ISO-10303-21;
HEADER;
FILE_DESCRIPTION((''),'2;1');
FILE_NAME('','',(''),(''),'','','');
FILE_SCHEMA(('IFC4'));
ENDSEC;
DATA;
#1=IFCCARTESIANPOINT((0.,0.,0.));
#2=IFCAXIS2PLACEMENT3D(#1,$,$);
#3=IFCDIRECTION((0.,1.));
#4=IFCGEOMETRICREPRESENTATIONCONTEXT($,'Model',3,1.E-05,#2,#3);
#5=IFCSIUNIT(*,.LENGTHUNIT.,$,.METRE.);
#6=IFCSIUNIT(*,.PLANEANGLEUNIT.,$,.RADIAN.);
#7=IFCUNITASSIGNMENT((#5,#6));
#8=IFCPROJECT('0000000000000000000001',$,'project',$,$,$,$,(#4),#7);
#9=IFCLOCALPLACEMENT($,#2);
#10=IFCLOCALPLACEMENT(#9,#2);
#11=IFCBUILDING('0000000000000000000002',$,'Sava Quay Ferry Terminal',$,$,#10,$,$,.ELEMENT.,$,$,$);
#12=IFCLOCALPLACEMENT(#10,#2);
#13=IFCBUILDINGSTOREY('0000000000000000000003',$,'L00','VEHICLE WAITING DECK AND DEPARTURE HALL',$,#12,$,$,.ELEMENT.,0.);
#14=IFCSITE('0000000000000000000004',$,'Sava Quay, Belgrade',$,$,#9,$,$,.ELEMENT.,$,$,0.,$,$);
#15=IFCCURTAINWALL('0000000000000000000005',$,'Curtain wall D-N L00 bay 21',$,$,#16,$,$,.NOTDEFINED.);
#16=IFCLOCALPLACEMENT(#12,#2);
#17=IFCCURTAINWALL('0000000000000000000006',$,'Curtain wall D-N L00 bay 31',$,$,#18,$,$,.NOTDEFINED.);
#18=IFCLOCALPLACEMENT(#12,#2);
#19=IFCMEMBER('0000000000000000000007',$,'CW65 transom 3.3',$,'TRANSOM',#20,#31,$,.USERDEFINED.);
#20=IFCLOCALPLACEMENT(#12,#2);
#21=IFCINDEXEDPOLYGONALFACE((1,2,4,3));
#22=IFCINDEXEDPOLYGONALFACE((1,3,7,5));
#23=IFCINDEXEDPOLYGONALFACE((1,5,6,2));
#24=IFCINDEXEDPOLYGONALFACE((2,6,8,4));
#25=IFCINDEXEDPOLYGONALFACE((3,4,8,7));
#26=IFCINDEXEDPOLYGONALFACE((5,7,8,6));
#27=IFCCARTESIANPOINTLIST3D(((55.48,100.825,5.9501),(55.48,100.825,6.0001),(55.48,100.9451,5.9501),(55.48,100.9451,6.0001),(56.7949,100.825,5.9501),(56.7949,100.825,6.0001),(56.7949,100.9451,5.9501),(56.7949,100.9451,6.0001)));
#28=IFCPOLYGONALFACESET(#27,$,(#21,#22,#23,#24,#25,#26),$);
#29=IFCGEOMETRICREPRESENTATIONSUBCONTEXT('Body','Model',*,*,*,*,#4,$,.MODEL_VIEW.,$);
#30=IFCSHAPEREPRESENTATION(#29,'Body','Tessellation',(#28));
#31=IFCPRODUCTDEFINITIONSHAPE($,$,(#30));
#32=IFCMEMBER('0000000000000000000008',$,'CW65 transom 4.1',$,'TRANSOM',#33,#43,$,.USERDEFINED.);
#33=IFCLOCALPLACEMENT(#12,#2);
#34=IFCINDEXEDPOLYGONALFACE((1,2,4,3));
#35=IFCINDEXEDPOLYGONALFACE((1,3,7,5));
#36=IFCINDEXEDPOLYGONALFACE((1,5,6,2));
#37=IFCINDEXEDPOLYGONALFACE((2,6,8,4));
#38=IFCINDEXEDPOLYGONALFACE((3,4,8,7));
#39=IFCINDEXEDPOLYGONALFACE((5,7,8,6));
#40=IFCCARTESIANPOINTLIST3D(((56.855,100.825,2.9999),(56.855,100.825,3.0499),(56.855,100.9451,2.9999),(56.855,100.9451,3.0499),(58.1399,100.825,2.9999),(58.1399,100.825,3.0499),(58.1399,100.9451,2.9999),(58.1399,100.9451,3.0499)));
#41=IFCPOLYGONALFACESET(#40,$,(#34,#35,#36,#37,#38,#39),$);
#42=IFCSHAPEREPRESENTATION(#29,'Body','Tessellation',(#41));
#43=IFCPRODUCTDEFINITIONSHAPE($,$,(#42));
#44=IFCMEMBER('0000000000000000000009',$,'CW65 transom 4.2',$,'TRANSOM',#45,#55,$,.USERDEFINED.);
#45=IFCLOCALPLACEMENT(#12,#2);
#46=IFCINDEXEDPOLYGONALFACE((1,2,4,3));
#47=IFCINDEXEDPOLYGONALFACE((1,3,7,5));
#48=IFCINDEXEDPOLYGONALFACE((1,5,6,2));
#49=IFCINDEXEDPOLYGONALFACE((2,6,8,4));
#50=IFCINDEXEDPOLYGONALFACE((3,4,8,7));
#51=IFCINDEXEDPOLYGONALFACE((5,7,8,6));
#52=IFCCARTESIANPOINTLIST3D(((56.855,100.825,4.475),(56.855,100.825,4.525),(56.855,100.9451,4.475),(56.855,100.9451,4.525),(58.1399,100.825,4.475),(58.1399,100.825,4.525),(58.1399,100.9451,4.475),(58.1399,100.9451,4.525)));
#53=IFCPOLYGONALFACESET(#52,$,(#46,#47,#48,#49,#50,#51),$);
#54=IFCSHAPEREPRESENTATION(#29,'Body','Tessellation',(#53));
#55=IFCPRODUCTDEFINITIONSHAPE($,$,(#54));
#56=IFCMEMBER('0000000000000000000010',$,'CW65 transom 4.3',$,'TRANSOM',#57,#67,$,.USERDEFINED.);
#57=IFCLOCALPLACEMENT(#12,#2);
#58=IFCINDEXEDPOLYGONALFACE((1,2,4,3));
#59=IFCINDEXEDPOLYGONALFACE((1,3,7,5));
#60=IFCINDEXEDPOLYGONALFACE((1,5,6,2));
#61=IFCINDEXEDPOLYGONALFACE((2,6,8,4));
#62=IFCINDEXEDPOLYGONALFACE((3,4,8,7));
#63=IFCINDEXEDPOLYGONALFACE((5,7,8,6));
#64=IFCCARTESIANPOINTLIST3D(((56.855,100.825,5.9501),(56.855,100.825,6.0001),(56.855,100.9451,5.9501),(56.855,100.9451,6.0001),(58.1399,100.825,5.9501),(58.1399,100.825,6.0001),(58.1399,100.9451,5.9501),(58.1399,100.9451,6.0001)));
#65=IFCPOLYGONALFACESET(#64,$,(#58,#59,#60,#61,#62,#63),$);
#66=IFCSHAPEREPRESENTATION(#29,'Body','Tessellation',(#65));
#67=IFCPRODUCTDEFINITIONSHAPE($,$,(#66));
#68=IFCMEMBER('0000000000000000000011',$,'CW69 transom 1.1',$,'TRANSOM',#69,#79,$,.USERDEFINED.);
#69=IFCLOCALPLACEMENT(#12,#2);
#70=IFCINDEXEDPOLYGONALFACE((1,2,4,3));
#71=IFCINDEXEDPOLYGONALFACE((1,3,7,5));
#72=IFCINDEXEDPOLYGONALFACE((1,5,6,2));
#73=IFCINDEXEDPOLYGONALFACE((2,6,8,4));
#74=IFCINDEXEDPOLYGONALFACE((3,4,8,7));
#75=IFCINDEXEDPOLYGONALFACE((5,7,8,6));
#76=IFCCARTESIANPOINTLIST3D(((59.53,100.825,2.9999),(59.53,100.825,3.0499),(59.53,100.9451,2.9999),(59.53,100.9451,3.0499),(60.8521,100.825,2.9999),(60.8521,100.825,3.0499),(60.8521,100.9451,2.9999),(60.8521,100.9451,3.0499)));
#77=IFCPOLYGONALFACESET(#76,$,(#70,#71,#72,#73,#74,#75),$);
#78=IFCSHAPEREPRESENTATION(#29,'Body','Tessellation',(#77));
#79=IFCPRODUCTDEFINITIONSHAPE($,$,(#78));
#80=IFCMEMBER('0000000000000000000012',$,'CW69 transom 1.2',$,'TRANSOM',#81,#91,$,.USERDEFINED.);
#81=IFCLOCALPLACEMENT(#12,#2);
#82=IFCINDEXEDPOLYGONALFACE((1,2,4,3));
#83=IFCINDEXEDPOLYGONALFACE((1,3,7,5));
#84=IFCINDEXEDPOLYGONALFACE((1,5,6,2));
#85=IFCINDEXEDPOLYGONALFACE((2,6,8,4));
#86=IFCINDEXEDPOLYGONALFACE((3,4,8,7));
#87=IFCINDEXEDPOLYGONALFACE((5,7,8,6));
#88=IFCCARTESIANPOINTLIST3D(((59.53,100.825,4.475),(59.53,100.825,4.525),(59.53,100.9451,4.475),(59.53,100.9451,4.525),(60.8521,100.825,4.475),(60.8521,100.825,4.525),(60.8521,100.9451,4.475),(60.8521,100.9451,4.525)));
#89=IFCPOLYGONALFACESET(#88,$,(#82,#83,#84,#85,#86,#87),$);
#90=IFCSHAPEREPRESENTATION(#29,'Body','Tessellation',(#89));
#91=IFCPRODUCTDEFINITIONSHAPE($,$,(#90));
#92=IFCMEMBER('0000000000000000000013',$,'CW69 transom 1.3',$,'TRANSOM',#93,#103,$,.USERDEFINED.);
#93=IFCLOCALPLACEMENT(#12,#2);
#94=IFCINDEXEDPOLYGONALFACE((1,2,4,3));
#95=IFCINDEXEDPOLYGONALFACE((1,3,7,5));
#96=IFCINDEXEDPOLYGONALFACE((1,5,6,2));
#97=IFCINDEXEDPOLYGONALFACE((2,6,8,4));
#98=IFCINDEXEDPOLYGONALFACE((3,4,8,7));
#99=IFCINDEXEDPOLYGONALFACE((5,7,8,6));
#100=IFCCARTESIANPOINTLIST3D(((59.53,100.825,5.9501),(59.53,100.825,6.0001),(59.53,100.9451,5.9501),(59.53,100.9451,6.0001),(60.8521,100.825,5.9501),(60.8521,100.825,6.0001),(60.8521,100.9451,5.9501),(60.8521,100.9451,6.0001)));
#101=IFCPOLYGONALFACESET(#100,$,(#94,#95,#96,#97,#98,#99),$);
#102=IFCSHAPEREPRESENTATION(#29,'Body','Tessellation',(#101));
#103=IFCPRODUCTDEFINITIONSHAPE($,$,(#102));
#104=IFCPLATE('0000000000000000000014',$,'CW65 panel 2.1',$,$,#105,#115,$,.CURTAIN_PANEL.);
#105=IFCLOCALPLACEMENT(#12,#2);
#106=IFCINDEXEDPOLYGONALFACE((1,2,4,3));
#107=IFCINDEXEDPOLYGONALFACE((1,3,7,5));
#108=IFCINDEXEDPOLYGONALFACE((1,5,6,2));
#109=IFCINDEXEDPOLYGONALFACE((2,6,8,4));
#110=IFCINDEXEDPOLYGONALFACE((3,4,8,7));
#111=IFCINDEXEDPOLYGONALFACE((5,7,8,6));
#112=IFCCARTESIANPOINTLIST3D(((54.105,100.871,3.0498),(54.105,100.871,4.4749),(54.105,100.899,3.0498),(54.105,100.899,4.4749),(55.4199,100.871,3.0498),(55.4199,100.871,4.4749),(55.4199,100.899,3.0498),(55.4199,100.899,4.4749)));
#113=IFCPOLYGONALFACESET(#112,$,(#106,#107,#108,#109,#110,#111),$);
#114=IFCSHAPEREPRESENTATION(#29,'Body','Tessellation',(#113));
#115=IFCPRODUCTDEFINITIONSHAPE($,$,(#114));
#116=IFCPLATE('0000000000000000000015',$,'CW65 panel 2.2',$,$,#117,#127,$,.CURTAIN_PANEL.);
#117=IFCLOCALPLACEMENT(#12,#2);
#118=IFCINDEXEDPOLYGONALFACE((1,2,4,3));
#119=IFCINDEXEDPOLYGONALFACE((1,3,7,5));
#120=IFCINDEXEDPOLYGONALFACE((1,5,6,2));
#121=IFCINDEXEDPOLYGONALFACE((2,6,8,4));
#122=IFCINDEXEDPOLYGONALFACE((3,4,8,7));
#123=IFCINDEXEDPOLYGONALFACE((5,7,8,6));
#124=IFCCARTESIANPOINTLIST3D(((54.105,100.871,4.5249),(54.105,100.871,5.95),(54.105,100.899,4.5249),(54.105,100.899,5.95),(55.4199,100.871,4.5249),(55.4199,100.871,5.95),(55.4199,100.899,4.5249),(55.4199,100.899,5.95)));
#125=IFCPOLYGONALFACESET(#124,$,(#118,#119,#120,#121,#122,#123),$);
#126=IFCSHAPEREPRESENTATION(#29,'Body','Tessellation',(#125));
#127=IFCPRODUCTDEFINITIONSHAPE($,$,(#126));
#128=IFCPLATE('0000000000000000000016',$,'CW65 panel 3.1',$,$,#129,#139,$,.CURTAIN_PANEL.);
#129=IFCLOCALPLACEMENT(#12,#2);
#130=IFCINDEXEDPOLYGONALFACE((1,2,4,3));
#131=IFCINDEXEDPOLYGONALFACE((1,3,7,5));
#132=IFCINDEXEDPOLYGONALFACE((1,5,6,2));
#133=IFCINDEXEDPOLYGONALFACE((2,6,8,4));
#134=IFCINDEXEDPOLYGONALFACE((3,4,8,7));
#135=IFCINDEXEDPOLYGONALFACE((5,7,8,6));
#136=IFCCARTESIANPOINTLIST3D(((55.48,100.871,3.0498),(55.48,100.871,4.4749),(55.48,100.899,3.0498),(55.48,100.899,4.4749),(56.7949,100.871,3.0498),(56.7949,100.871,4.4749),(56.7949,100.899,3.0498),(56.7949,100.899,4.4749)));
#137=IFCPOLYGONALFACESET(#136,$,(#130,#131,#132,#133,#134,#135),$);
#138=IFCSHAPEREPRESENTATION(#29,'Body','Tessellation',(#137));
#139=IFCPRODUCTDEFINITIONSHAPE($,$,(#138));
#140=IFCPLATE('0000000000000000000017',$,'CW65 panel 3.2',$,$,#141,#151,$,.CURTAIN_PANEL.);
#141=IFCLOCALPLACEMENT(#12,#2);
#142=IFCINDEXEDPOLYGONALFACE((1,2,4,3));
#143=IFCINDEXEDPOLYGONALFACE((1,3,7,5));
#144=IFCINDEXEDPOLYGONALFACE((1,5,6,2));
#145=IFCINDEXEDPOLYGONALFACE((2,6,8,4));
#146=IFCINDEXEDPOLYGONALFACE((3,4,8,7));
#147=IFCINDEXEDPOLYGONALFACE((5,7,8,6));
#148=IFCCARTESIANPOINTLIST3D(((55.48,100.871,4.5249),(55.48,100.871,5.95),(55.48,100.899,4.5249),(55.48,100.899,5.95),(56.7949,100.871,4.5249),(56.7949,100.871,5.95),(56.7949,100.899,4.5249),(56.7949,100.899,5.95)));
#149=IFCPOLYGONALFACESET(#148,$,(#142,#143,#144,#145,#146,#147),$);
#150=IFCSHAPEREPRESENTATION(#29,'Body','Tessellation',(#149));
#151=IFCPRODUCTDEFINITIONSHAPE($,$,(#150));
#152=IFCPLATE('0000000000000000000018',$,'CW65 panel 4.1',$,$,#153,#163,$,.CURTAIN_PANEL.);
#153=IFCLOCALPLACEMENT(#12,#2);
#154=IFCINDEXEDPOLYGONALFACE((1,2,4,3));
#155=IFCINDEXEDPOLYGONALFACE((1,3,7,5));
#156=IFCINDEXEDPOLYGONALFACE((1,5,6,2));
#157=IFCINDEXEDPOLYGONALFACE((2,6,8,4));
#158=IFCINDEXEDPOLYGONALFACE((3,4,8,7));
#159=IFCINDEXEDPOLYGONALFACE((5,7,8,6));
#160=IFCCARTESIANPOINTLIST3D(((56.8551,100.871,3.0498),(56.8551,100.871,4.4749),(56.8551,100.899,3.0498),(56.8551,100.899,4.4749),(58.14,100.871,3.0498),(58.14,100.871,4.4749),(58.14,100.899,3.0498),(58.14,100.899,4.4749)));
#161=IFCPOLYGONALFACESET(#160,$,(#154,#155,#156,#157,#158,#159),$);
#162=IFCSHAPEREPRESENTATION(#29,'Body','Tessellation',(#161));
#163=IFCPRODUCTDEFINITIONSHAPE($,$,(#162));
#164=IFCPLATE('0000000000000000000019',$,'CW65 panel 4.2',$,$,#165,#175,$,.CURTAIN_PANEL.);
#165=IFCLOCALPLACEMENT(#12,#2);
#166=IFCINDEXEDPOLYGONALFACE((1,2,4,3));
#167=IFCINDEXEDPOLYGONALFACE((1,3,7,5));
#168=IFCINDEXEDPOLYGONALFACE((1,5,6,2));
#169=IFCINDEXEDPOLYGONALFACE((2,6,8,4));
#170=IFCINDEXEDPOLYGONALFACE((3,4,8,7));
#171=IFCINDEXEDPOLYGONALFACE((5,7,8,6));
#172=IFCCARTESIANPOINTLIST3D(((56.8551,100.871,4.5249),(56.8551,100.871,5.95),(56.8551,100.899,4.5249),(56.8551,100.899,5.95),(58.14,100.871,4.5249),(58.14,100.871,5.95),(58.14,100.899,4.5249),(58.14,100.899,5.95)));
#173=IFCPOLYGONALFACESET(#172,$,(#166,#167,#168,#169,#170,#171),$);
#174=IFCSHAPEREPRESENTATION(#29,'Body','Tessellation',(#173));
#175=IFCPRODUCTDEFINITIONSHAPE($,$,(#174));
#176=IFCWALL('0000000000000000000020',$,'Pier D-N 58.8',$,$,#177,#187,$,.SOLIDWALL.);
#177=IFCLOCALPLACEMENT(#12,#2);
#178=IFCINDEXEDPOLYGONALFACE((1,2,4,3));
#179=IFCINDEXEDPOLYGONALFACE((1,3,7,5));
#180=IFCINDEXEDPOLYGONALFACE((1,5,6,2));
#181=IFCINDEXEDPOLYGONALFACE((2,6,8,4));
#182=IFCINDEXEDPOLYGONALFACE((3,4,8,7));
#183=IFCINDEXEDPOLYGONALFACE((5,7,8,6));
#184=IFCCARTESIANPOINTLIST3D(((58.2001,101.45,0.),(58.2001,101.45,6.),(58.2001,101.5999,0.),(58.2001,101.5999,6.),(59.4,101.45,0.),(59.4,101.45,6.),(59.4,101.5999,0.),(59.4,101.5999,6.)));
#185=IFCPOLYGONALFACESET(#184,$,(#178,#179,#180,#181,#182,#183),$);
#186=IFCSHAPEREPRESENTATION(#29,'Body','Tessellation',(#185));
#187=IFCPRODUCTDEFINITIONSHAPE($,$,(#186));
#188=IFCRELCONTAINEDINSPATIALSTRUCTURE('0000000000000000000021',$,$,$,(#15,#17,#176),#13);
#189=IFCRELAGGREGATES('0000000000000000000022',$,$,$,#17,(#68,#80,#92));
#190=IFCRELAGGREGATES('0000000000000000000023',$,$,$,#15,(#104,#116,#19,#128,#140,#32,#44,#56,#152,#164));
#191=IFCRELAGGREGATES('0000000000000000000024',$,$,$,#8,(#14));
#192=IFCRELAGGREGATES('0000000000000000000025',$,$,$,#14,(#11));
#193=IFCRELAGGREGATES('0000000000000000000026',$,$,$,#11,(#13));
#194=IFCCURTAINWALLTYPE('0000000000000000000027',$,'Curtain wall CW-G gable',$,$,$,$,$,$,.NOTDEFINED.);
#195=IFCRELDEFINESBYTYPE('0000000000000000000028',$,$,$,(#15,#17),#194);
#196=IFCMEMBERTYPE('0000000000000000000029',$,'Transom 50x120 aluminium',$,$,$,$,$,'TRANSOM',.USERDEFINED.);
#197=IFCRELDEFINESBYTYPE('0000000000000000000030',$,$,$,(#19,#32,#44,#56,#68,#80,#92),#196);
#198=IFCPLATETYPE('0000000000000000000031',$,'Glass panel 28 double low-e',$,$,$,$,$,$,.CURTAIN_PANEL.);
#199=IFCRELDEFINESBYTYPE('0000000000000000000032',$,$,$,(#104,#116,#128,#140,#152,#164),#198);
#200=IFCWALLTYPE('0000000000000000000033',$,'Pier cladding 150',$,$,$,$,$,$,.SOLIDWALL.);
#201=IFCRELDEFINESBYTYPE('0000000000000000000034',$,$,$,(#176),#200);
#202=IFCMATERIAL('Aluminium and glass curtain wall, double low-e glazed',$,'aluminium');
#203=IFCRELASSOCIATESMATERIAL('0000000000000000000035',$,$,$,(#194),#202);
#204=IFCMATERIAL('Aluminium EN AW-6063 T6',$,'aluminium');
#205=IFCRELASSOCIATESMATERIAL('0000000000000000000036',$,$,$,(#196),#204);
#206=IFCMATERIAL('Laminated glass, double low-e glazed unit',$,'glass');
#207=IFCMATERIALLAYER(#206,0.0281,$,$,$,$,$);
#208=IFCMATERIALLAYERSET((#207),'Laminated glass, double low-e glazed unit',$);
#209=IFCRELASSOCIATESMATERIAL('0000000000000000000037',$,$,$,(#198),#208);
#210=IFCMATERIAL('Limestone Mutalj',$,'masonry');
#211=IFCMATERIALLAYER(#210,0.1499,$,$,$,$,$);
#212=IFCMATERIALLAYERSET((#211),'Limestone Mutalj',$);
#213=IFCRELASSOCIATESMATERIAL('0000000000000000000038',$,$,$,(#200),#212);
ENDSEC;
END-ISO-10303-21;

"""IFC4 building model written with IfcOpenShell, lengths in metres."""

from ifc_helpers import new_model, si_unit, direction, frame, frame_2d, origin, origin_2d, place, context, subcontext, project, spatial, rectangle, extrude, material, layer, layer_set, material_profile, profile_set, type_object, element, aggregate, save


model = new_model("IFC4")

# Units and contexts
model_context = context("Model", 3, precision=1e-05, world=origin(), true_north=direction((0.0, 1.0)))
body_context = subcontext(model_context, "Body", "Model", "MODEL_VIEW")
ifc_project = project(units=[si_unit("LENGTHUNIT", "METRE"), si_unit("PLANEANGLEUNIT", "RADIAN")], contexts=[model_context])

# Site, building, storey
site_placement = place(None, origin())
site = spatial("IfcSite", under=ifc_project, at=site_placement, Name="Sava Quay, Belgrade", CompositionType="ELEMENT", RefElevation=0.0)
building_placement = place(site_placement, origin())
building = spatial("IfcBuilding", under=site, at=building_placement, Name="Sava Quay Ferry Terminal", CompositionType="ELEMENT")
storey_placement = place(building_placement, origin())
storey = spatial("IfcBuildingStorey", under=building, at=storey_placement, Name="L00", Description="VEHICLE WAITING DECK AND DEPARTURE HALL", CompositionType="ELEMENT", Elevation=0.0)

# Curtain wall
ifc_material_1 = material(Name="Aluminium and glass curtain wall, double low-e glazed", Category="aluminium")
curtain_wall_type = type_object("IfcCurtainWallType", Name="Curtain wall CW-G gable", PredefinedType="NOTDEFINED", material=ifc_material_1)
curtain_wall_1_placement = place(storey_placement, origin())
curtain_wall_1 = element("IfcCurtainWall", 1, at=curtain_wall_1_placement, inside=storey, type_object=curtain_wall_type, Name="Curtain wall D-N L00 bay 21", PredefinedType="NOTDEFINED")

# Curtain wall
curtain_wall_2_placement = place(storey_placement, origin())
curtain_wall_2 = element("IfcCurtainWall", 2, at=curtain_wall_2_placement, inside=storey, type_object=curtain_wall_type, Name="Curtain wall D-N L00 bay 31", PredefinedType="NOTDEFINED")

# Members
ifc_material_2 = material(Name="Aluminium EN AW-6063 T6", Category="aluminium")
ifc_material_profile_1 = material_profile(ifc_material_2, rectangle(XDim=0.1201, YDim=0.05, at=origin_2d()), Name="Transom 50x120 aluminium")
ifc_profile_set_1 = profile_set([ifc_material_profile_1], Name="Aluminium EN AW-6063 T6")
member_type_1 = type_object("IfcMemberType", Name="Transom 50x120 aluminium", ElementType="TRANSOM", PredefinedType="USERDEFINED", material=ifc_profile_set_1)
member_1_placement = place(storey_placement, frame((55.48, 100.885, 5.9751), z_axis=(1.0, 0.0, 0.0), x_axis=(0.0, 1.0, 0.0)))
member_1 = element("IfcMember", 3, at=member_1_placement, type_object=member_type_1, Name="CW65 transom 3.3", ObjectType="TRANSOM", PredefinedType="USERDEFINED", context=body_context, shape_type="SweptSolid", body=[
    extrude(rectangle(XDim=0.1201, YDim=0.05, at=origin_2d()), origin(), (0.0, 0.0, 1.0), 1.3149),
])
member_2_placement = place(storey_placement, frame((56.855, 100.885, 3.0249), z_axis=(1.0, 0.0, 0.0), x_axis=(0.0, 1.0, 0.0)))
member_2 = element("IfcMember", 4, at=member_2_placement, type_object=member_type_1, Name="CW65 transom 4.1", ObjectType="TRANSOM", PredefinedType="USERDEFINED", context=body_context, shape_type="SweptSolid", body=[
    extrude(rectangle(XDim=0.1201, YDim=0.05, at=origin_2d()), origin(), (0.0, 0.0, 1.0), 1.2849),
])
member_3_placement = place(storey_placement, frame((56.855, 100.885, 4.5), z_axis=(1.0, 0.0, 0.0), x_axis=(0.0, 1.0, 0.0)))
member_3 = element("IfcMember", 5, at=member_3_placement, type_object=member_type_1, Name="CW65 transom 4.2", ObjectType="TRANSOM", PredefinedType="USERDEFINED", context=body_context, shape_type="SweptSolid", body=[
    extrude(rectangle(XDim=0.1201, YDim=0.05, at=origin_2d()), origin(), (0.0, 0.0, 1.0), 1.2849),
])
member_4_placement = place(storey_placement, frame((56.855, 100.885, 5.9751), z_axis=(1.0, 0.0, 0.0), x_axis=(0.0, 1.0, 0.0)))
member_4 = element("IfcMember", 6, at=member_4_placement, type_object=member_type_1, Name="CW65 transom 4.3", ObjectType="TRANSOM", PredefinedType="USERDEFINED", context=body_context, shape_type="SweptSolid", body=[
    extrude(rectangle(XDim=0.1201, YDim=0.05, at=origin_2d()), origin(), (0.0, 0.0, 1.0), 1.2849),
])
member_5_placement = place(storey_placement, frame((59.53, 100.885, 3.0249), z_axis=(1.0, 0.0, 0.0), x_axis=(0.0, 1.0, 0.0)))
member_5 = element("IfcMember", 7, at=member_5_placement, type_object=member_type_1, Name="CW69 transom 1.1", ObjectType="TRANSOM", PredefinedType="USERDEFINED", context=body_context, shape_type="SweptSolid", body=[
    extrude(rectangle(XDim=0.1201, YDim=0.05, at=origin_2d()), origin(), (0.0, 0.0, 1.0), 1.322),
])
member_6_placement = place(storey_placement, frame((59.53, 100.885, 4.5), z_axis=(1.0, 0.0, 0.0), x_axis=(0.0, 1.0, 0.0)))
member_6 = element("IfcMember", 8, at=member_6_placement, type_object=member_type_1, Name="CW69 transom 1.2", ObjectType="TRANSOM", PredefinedType="USERDEFINED", context=body_context, shape_type="SweptSolid", body=[
    extrude(rectangle(XDim=0.1201, YDim=0.05, at=origin_2d()), origin(), (0.0, 0.0, 1.0), 1.322),
])
member_7_placement = place(storey_placement, frame((59.53, 100.885, 5.9751), z_axis=(1.0, 0.0, 0.0), x_axis=(0.0, 1.0, 0.0)))
member_7 = element("IfcMember", 9, at=member_7_placement, type_object=member_type_1, Name="CW69 transom 1.3", ObjectType="TRANSOM", PredefinedType="USERDEFINED", context=body_context, shape_type="SweptSolid", body=[
    extrude(rectangle(XDim=0.1201, YDim=0.05, at=origin_2d()), origin(), (0.0, 0.0, 1.0), 1.322),
])
aggregate(curtain_wall_2, [member_5, member_6, member_7])

# Plates
ifc_material_3 = material(Name="Laminated glass, double low-e glazed unit", Category="glass")
ifc_layer_1 = layer(ifc_material_3, 0.0281)
ifc_layer_set_1 = layer_set([ifc_layer_1], Name="Laminated glass, double low-e glazed unit")
plate_type = type_object("IfcPlateType", Name="Glass panel 28 double low-e", PredefinedType="CURTAIN_PANEL", material=ifc_layer_set_1)
plate_1_placement = place(storey_placement, frame((54.7625, 100.885, 3.0498), z_axis=(0.0, 0.0, 1.0), x_axis=(1.0, 0.0, 0.0)))
plate_1 = element("IfcPlate", 10, at=plate_1_placement, type_object=plate_type, Name="CW65 panel 2.1", PredefinedType="CURTAIN_PANEL", context=body_context, shape_type="SweptSolid", body=[
    extrude(rectangle(XDim=1.3149, YDim=0.0281, at=origin_2d()), origin(), (0.0, 0.0, 1.0), 1.425),
])
plate_2_placement = place(storey_placement, frame((54.7625, 100.885, 4.5249), z_axis=(0.0, 0.0, 1.0), x_axis=(1.0, 0.0, 0.0)))
plate_2 = element("IfcPlate", 11, at=plate_2_placement, type_object=plate_type, Name="CW65 panel 2.2", PredefinedType="CURTAIN_PANEL", context=body_context, shape_type="SweptSolid", body=[
    extrude(rectangle(XDim=1.3149, YDim=0.0281, at=origin_2d()), origin(), (0.0, 0.0, 1.0), 1.425),
])
plate_3_placement = place(storey_placement, frame((56.1375, 100.885, 3.0498), z_axis=(0.0, 0.0, 1.0), x_axis=(1.0, 0.0, 0.0)))
plate_3 = element("IfcPlate", 12, at=plate_3_placement, type_object=plate_type, Name="CW65 panel 3.1", PredefinedType="CURTAIN_PANEL", context=body_context, shape_type="SweptSolid", body=[
    extrude(rectangle(XDim=1.3149, YDim=0.0281, at=origin_2d()), origin(), (0.0, 0.0, 1.0), 1.425),
])
plate_4_placement = place(storey_placement, frame((56.1375, 100.885, 4.5249), z_axis=(0.0, 0.0, 1.0), x_axis=(1.0, 0.0, 0.0)))
plate_4 = element("IfcPlate", 13, at=plate_4_placement, type_object=plate_type, Name="CW65 panel 3.2", PredefinedType="CURTAIN_PANEL", context=body_context, shape_type="SweptSolid", body=[
    extrude(rectangle(XDim=1.3149, YDim=0.0281, at=origin_2d()), origin(), (0.0, 0.0, 1.0), 1.425),
])
plate_5_placement = place(storey_placement, frame((57.4976, 100.885, 3.0498), z_axis=(0.0, 0.0, 1.0), x_axis=(1.0, 0.0, 0.0)))
plate_5 = element("IfcPlate", 14, at=plate_5_placement, type_object=plate_type, Name="CW65 panel 4.1", PredefinedType="CURTAIN_PANEL", context=body_context, shape_type="SweptSolid", body=[
    extrude(rectangle(XDim=1.2849, YDim=0.0281, at=origin_2d()), origin(), (0.0, 0.0, 1.0), 1.425),
])
plate_6_placement = place(storey_placement, frame((57.4976, 100.885, 4.5249), z_axis=(0.0, 0.0, 1.0), x_axis=(1.0, 0.0, 0.0)))
plate_6 = element("IfcPlate", 15, at=plate_6_placement, type_object=plate_type, Name="CW65 panel 4.2", PredefinedType="CURTAIN_PANEL", context=body_context, shape_type="SweptSolid", body=[
    extrude(rectangle(XDim=1.2849, YDim=0.0281, at=origin_2d()), origin(), (0.0, 0.0, 1.0), 1.425),
])
aggregate(curtain_wall_1, [plate_1, plate_2, member_1, plate_3, plate_4, member_2, member_3, member_4, plate_5, plate_6])

# Wall
ifc_material_4 = material(Name="Limestone Mutalj", Category="masonry")
ifc_layer_2 = layer(ifc_material_4, 0.1499)
ifc_layer_set_2 = layer_set([ifc_layer_2], Name="Limestone Mutalj")
wall_type = type_object("IfcWallType", Name="Pier cladding 150", PredefinedType="SOLIDWALL", material=ifc_layer_set_2)
wall_placement = place(storey_placement, frame((58.2, 101.5249, 0.0), z_axis=(0.0, 0.0, 1.0), x_axis=(1.0, 0.0, 0.0)))
element("IfcWall", 16, at=wall_placement, inside=storey, type_object=wall_type, Name="Pier D-N 58.8", PredefinedType="SOLIDWALL", context=body_context, shape_type="SweptSolid", body=[
    extrude(rectangle(XDim=1.2, YDim=0.1499, at=frame_2d((0.6001, 0.0))), origin(), (0.0, 0.0, 1.0), 6.0),
])

save(model, "model.ifc")
